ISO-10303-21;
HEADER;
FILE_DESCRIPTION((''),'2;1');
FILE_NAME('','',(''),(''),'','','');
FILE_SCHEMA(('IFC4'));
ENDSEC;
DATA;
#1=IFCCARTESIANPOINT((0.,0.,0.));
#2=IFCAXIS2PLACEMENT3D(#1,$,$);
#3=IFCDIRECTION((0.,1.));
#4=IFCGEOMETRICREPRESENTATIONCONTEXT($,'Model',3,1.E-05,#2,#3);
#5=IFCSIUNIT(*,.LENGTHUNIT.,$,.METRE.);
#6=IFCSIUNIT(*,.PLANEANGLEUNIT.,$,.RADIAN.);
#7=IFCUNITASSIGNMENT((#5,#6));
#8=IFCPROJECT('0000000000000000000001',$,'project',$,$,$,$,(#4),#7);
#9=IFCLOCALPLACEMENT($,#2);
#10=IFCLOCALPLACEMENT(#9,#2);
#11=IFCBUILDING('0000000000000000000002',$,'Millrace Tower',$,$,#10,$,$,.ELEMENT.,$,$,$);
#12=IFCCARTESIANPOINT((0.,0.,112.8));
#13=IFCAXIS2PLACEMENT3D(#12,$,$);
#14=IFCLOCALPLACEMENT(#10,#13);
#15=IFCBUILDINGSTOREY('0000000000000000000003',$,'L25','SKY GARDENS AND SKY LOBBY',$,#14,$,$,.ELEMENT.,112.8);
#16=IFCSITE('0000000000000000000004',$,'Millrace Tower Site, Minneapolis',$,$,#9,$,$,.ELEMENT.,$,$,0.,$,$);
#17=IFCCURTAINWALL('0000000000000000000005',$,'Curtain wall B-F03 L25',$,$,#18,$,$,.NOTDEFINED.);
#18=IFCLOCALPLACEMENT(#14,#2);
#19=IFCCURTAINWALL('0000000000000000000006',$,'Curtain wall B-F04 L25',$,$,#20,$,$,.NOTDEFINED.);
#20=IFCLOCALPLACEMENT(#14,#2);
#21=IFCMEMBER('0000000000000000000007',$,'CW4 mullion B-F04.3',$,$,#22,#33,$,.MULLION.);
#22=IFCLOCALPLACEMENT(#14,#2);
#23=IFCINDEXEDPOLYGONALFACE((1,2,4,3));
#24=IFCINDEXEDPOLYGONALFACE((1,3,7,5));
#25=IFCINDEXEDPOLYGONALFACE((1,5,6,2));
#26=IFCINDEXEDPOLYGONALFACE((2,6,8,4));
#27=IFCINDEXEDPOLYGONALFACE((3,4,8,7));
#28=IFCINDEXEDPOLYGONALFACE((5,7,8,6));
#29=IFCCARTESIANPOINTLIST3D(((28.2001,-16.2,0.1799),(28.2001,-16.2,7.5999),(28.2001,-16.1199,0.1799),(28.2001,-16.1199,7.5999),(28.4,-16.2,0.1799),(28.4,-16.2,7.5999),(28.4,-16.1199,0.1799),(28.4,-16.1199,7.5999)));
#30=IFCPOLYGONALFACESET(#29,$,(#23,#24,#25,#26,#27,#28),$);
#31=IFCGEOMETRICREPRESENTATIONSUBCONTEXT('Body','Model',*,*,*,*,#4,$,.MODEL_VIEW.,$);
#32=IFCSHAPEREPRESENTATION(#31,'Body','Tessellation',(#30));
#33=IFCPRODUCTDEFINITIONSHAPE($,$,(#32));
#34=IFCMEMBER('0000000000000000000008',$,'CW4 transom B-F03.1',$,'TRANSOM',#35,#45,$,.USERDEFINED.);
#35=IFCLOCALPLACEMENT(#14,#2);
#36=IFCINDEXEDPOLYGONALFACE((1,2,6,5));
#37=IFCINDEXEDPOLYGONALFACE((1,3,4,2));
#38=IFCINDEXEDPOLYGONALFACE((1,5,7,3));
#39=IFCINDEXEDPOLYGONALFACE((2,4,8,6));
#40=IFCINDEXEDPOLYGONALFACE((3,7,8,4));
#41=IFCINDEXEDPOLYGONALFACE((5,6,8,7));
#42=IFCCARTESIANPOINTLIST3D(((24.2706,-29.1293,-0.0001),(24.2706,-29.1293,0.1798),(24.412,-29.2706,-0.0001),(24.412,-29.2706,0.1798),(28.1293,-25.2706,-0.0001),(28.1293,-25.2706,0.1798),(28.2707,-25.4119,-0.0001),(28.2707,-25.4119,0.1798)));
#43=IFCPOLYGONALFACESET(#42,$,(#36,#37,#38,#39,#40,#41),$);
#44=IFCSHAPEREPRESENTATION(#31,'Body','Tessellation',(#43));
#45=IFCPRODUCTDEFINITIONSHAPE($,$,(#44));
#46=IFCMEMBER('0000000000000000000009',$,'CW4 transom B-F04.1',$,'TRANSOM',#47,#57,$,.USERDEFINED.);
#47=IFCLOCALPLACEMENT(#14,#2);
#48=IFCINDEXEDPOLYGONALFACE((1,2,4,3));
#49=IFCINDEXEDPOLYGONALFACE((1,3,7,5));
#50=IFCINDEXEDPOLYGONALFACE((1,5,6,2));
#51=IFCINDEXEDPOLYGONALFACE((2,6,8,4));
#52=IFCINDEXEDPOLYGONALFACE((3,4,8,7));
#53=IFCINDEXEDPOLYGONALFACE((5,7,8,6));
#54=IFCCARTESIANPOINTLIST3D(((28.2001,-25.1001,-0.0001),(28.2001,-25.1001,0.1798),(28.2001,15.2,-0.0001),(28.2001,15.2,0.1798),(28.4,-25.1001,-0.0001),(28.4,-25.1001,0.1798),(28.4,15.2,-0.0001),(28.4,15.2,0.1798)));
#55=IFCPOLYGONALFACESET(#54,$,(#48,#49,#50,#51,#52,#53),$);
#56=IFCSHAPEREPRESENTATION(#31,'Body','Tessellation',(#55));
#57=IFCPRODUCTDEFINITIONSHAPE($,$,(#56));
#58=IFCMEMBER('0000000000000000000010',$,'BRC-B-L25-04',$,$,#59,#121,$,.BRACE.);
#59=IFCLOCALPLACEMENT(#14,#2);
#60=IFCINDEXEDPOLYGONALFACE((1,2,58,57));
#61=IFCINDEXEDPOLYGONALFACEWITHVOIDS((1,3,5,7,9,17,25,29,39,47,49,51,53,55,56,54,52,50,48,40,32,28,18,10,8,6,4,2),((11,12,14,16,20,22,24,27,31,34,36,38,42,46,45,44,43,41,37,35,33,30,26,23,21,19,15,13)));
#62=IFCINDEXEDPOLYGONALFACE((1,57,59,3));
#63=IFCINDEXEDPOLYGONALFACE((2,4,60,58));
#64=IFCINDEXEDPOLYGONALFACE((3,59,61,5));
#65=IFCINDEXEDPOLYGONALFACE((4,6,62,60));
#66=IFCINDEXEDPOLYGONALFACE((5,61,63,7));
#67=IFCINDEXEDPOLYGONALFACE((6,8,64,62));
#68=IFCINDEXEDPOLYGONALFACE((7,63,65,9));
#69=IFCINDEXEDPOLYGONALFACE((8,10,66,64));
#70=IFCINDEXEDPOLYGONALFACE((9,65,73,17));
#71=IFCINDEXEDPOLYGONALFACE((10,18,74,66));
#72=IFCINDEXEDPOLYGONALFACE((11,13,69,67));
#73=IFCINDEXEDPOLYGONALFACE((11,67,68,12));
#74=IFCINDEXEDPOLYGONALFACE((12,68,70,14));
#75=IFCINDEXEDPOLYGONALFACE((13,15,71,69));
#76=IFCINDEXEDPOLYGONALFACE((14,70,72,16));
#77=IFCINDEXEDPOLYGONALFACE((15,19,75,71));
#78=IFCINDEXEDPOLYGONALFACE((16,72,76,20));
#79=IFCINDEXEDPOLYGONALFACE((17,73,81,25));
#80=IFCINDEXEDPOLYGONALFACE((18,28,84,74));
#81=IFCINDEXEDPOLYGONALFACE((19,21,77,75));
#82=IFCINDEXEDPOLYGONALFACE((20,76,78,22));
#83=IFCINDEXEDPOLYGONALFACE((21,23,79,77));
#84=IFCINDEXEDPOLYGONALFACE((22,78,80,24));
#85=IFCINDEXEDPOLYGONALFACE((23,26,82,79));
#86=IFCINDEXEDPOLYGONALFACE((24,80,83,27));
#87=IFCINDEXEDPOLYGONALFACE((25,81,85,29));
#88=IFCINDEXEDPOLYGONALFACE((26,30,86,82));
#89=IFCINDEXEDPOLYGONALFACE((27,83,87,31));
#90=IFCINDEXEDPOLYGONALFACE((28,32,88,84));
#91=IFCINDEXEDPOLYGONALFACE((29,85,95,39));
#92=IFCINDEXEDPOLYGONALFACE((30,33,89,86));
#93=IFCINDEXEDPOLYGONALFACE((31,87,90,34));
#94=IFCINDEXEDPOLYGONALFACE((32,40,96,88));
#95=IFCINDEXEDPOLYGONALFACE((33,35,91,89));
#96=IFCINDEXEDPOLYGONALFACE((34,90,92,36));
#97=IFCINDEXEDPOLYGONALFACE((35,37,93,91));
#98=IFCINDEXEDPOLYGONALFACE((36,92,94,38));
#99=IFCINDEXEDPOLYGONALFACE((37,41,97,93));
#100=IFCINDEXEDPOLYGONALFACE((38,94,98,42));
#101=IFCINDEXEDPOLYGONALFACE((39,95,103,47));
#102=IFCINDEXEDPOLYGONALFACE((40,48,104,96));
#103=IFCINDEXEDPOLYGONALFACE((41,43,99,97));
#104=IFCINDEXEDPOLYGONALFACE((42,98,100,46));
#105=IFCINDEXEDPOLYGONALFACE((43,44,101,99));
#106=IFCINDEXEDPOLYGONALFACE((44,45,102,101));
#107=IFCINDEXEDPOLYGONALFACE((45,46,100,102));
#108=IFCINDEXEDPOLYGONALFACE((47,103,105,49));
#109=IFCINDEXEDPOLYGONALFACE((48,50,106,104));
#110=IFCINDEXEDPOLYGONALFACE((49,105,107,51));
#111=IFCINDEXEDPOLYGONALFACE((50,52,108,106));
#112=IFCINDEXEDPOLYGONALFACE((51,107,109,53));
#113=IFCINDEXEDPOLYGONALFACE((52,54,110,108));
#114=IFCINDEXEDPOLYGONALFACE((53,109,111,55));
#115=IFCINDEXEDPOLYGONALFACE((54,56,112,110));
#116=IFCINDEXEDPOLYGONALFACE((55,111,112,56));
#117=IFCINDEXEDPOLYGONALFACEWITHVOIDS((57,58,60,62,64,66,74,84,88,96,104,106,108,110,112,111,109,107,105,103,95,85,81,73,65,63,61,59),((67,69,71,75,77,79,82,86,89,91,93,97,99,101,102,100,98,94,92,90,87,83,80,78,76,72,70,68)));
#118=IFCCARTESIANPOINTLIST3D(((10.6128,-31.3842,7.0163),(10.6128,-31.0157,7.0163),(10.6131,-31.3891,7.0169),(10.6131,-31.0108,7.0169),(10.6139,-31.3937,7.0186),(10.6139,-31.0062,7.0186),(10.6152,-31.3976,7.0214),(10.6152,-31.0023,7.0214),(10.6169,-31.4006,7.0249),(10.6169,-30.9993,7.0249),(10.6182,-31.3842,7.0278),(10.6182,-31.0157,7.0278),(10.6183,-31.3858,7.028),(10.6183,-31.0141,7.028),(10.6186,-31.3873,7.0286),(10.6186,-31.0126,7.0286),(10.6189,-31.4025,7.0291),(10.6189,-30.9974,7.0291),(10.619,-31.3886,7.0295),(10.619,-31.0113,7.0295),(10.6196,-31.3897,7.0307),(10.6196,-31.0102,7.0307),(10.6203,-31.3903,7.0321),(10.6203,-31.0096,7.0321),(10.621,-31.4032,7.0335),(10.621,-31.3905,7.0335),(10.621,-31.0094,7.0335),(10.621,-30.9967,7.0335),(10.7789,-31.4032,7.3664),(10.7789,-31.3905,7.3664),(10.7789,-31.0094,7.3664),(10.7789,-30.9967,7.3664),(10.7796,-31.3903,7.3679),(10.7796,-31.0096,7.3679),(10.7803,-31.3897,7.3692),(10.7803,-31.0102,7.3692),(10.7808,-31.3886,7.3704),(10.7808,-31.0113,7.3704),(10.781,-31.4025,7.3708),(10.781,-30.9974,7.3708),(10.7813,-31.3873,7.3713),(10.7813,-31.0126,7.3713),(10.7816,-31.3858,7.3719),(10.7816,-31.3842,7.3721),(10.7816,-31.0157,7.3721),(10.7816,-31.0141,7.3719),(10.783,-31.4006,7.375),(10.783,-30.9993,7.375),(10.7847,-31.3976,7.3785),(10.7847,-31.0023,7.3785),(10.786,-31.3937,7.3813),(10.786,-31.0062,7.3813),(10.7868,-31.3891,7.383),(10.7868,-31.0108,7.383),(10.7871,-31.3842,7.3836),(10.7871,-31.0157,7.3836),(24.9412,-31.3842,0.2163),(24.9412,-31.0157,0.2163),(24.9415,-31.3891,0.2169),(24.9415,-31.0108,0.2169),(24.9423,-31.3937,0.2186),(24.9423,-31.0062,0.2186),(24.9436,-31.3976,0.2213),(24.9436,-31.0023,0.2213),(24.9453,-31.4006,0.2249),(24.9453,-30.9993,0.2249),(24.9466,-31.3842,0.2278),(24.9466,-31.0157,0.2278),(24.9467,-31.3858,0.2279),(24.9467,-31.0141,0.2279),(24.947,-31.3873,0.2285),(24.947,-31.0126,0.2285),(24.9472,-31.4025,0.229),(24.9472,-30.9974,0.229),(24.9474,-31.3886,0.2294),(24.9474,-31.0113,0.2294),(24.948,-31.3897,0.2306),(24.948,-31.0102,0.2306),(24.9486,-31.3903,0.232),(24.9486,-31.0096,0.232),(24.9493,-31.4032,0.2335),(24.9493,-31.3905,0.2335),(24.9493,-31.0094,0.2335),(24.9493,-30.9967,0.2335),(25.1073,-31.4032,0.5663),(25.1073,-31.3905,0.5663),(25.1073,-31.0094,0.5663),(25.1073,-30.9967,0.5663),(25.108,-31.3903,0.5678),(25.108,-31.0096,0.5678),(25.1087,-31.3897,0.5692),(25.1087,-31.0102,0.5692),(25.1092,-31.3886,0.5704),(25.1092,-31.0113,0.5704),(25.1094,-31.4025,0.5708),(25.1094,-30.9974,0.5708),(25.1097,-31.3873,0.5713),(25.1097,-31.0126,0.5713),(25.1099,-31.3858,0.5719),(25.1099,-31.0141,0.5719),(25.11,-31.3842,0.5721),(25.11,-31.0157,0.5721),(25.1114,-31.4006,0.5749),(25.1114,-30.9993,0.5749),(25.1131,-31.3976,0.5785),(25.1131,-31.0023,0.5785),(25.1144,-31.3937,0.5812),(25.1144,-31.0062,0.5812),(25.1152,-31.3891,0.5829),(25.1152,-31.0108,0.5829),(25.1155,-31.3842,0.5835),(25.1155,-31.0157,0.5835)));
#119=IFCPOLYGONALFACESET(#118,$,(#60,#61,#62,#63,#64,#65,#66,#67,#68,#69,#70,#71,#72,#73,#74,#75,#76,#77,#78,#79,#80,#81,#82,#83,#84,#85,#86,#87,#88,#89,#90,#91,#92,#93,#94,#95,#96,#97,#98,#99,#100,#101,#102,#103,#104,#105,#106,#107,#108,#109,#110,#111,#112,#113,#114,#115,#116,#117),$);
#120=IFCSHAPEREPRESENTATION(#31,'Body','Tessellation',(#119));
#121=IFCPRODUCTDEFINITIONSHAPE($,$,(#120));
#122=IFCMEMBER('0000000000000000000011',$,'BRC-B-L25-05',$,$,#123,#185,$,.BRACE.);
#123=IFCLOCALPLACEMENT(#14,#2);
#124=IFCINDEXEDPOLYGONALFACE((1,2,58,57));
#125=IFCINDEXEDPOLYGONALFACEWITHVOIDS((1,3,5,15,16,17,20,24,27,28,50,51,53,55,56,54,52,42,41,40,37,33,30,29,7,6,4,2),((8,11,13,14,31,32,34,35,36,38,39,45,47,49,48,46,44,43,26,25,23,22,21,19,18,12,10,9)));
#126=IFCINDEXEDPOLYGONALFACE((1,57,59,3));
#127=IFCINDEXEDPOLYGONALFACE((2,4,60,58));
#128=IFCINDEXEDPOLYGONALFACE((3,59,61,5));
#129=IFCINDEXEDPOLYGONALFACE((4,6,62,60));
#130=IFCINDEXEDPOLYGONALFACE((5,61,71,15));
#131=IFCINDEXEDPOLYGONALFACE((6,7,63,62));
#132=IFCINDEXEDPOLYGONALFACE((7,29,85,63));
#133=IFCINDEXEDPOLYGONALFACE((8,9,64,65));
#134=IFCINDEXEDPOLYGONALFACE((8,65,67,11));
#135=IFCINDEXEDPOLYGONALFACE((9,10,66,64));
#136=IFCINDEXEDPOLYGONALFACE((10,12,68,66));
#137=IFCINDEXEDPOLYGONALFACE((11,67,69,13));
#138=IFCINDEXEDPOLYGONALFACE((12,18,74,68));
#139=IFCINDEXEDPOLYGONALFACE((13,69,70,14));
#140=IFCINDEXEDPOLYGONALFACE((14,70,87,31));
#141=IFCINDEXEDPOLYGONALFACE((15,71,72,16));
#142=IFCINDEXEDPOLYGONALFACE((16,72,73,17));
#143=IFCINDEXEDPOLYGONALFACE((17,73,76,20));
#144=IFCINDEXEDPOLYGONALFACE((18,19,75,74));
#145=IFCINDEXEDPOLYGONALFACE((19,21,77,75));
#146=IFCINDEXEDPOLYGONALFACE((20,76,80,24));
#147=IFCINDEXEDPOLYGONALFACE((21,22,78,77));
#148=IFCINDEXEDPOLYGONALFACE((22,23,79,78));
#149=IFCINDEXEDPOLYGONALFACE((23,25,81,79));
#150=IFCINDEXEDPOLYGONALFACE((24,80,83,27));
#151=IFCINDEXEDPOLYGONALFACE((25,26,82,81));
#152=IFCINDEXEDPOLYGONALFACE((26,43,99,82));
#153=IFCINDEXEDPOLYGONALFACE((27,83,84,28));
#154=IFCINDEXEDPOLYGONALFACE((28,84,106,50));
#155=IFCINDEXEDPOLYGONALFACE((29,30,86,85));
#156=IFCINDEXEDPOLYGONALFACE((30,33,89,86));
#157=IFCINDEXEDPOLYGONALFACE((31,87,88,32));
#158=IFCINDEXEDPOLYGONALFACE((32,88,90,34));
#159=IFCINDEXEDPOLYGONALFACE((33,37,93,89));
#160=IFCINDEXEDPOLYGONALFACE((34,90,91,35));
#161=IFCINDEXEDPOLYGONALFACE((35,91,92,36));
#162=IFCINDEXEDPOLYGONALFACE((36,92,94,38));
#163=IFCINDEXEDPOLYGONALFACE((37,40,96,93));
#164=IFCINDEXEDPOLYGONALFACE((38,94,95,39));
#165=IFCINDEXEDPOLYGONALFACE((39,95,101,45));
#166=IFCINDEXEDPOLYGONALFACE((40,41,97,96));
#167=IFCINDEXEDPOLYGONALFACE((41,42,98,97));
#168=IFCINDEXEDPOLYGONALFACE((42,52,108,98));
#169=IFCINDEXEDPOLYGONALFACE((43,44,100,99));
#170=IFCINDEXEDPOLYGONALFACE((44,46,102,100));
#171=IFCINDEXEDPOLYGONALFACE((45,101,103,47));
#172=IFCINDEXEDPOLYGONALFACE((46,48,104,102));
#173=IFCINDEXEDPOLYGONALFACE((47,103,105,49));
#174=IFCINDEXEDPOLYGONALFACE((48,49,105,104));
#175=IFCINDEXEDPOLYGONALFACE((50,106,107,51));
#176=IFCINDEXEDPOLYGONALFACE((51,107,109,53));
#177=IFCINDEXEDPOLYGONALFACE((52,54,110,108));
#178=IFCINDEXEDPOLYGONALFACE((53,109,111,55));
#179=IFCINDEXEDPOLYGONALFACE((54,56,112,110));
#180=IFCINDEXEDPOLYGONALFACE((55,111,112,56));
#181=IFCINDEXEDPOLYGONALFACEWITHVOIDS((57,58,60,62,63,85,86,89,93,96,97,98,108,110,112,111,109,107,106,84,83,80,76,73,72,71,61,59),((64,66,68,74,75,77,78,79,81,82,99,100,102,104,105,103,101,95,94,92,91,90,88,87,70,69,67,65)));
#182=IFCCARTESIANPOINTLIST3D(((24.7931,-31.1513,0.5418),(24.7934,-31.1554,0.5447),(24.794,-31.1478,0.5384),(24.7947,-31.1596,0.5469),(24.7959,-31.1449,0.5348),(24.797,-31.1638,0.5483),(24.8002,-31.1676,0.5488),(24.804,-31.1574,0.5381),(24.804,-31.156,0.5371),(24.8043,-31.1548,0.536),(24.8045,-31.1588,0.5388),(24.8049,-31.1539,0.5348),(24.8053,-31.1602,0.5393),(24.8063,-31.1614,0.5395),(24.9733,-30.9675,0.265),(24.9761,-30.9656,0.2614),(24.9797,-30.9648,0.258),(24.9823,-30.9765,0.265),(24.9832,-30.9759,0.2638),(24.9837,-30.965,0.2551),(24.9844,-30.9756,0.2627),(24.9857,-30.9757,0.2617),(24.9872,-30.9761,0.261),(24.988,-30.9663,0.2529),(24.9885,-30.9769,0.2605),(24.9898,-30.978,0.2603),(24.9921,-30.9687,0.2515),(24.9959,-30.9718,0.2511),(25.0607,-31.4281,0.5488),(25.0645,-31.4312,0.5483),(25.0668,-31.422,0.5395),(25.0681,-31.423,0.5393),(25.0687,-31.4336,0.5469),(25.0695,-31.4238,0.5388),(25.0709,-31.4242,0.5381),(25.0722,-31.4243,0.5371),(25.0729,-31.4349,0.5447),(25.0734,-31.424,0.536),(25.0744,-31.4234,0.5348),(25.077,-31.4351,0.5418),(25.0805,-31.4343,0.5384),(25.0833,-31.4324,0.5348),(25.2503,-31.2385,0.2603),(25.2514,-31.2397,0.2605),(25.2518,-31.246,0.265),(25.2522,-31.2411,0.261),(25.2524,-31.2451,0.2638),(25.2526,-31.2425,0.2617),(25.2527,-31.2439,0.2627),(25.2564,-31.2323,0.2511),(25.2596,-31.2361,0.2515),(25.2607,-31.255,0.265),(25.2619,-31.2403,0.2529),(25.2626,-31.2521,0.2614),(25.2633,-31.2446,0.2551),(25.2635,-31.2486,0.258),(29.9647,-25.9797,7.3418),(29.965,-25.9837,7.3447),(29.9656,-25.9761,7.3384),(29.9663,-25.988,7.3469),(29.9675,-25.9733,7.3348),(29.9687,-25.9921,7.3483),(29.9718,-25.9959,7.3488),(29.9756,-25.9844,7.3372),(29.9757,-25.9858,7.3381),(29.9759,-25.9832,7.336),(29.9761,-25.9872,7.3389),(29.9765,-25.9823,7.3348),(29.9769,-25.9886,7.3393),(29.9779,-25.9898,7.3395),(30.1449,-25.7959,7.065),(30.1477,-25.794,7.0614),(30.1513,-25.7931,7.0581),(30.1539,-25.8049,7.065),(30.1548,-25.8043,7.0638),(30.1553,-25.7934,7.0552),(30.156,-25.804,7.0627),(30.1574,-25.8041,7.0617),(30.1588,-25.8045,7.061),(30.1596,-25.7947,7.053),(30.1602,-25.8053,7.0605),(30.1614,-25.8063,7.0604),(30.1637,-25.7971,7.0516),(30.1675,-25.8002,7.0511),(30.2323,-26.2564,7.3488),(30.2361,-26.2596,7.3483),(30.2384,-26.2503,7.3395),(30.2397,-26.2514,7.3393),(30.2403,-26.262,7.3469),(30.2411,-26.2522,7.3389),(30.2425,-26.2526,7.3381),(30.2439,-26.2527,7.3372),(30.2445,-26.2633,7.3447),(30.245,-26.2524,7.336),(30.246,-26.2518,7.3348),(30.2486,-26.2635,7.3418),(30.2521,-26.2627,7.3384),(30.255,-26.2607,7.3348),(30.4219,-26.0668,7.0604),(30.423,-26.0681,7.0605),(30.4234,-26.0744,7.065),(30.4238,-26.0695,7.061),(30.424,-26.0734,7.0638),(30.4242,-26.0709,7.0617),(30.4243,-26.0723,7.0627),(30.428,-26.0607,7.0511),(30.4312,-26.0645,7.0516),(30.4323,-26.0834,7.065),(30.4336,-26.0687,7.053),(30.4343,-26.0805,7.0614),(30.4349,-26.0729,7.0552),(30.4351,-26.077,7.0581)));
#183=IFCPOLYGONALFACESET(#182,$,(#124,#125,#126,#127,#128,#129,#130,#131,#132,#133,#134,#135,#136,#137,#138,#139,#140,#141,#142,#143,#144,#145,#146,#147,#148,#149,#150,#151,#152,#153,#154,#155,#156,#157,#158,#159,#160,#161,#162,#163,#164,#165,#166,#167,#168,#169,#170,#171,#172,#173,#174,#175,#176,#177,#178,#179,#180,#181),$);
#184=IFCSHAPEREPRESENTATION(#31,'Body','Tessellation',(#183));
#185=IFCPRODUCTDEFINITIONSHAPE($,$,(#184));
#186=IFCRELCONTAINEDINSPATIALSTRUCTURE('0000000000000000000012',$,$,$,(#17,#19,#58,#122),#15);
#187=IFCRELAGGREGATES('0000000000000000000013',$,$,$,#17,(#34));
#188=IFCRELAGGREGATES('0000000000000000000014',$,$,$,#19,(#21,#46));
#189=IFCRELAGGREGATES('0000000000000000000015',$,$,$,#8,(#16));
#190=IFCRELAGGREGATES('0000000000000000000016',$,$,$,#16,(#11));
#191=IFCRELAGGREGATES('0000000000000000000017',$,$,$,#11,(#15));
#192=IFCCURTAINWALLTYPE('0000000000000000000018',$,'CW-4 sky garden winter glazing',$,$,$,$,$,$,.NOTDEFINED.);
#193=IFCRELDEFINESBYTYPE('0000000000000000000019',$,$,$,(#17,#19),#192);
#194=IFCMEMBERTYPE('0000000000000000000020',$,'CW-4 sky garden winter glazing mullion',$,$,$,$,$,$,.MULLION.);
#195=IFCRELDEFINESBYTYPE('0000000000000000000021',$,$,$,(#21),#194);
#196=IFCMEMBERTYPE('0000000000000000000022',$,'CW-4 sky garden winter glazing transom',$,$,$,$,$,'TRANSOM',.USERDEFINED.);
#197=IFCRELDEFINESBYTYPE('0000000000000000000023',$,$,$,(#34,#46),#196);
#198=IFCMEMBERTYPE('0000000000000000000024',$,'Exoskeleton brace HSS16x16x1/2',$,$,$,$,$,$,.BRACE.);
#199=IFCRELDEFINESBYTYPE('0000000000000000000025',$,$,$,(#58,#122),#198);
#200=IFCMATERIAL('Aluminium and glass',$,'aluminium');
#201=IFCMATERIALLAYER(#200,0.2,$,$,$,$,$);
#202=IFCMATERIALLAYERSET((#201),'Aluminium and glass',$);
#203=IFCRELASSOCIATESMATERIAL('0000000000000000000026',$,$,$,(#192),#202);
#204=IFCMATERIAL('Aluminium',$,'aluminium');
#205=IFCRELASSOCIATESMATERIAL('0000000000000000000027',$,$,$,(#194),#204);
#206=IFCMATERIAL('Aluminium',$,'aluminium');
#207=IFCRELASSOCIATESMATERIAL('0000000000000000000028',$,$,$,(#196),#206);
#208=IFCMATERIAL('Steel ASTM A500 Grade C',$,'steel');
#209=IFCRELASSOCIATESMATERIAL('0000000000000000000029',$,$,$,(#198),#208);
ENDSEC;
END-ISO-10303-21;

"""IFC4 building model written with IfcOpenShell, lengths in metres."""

from ifc_helpers import new_model, si_unit, direction, frame, origin, origin_2d, place, context, subcontext, project, spatial, rectangle, hollow_rectangle, extrude, material, layer, layer_set, material_profile, profile_set, type_object, element, aggregate, save


model = new_model("IFC4")

# Units and contexts
model_context = context("Model", 3, precision=1e-05, world=origin(), true_north=direction((0.0, 1.0)))
body_context = subcontext(model_context, "Body", "Model", "MODEL_VIEW")
ifc_project = project(units=[si_unit("LENGTHUNIT", "METRE"), si_unit("PLANEANGLEUNIT", "RADIAN")], contexts=[model_context])

# Site, building, storey
site_placement = place(None, origin())
site = spatial("IfcSite", under=ifc_project, at=site_placement, Name="Millrace Tower Site, Minneapolis", CompositionType="ELEMENT", RefElevation=0.0)
building_placement = place(site_placement, origin())
building = spatial("IfcBuilding", under=site, at=building_placement, Name="Millrace Tower", CompositionType="ELEMENT")
storey_placement = place(building_placement, frame((0.0, 0.0, 112.8)))
storey = spatial("IfcBuildingStorey", under=building, at=storey_placement, Name="L25", Description="SKY GARDENS AND SKY LOBBY", CompositionType="ELEMENT", Elevation=112.8)

# Curtain wall
ifc_material_1 = material(Name="Aluminium and glass", Category="aluminium")
ifc_layer_1 = layer(ifc_material_1, 0.2)
ifc_layer_set_1 = layer_set([ifc_layer_1], Name="Aluminium and glass")
curtain_wall_type = type_object("IfcCurtainWallType", Name="CW-4 sky garden winter glazing", PredefinedType="NOTDEFINED", material=ifc_layer_set_1)
placement = place(storey_placement, origin())
ifc_material_2 = material(Name="Aluminium", Category="aluminium")
ifc_material_profile_1 = material_profile(ifc_material_2, rectangle(XDim=0.0801, YDim=0.2, at=origin_2d()))
ifc_profile_set_1 = profile_set([ifc_material_profile_1], Name="Aluminium")
member_type_1 = type_object("IfcMemberType", Name="CW-4 sky garden winter glazing mullion", PredefinedType="MULLION", material=ifc_profile_set_1)
curtain_wall_1 = element("IfcCurtainWall", 1, at=placement, inside=storey, type_object=curtain_wall_type, Name="Curtain wall B-F03 L25", PredefinedType="NOTDEFINED")

# Curtain wall, member
curtain_wall_2 = element("IfcCurtainWall", 2, at=placement, inside=storey, type_object=curtain_wall_type, Name="Curtain wall B-F04 L25", PredefinedType="NOTDEFINED")
member_1_placement = place(storey_placement, frame((28.3, -16.1599, 0.1799), z_axis=(0.0, 0.0, 1.0), x_axis=(0.0, 1.0, 0.0)))
member_1 = element("IfcMember", 3, at=member_1_placement, type_object=member_type_1, Name="CW4 mullion B-F04.3", PredefinedType="MULLION", context=body_context, shape_type="SweptSolid", body=[
    extrude(rectangle(XDim=0.0801, YDim=0.2, at=origin_2d()), origin(), (0.0, 0.0, 1.0), 7.4199),
])

# Members
ifc_material_3 = material(Name="Aluminium", Category="aluminium")
ifc_material_profile_2 = material_profile(ifc_material_3, rectangle(XDim=0.2, YDim=0.1799, at=origin_2d()))
ifc_profile_set_2 = profile_set([ifc_material_profile_2], Name="Aluminium")
member_type_2 = type_object("IfcMemberType", Name="CW-4 sky garden winter glazing transom", ElementType="TRANSOM", PredefinedType="USERDEFINED", material=ifc_profile_set_2)
member_2_placement = place(storey_placement, frame((24.3413, -29.2, 0.0898), z_axis=(0.707107, 0.707107, 0.0), x_axis=(-0.707107, 0.707107, 0.0)))
member_2 = element("IfcMember", 4, at=member_2_placement, type_object=member_type_2, Name="CW4 transom B-F03.1", ObjectType="TRANSOM", PredefinedType="USERDEFINED", context=body_context, shape_type="SweptSolid", body=[
    extrude(rectangle(XDim=0.2, YDim=0.1799, at=origin_2d()), origin(), (0.0, 0.0, 1.0), 5.457),
])
aggregate(curtain_wall_1, [member_2])
member_3_placement = place(storey_placement, frame((28.3, -25.1001, 0.0898), z_axis=(0.0, 1.0, 0.0), x_axis=(-1.0, 0.0, 0.0)))
member_3 = element("IfcMember", 5, at=member_3_placement, type_object=member_type_2, Name="CW4 transom B-F04.1", ObjectType="TRANSOM", PredefinedType="USERDEFINED", context=body_context, shape_type="SweptSolid", body=[
    extrude(rectangle(XDim=0.2, YDim=0.1799, at=origin_2d()), origin(), (0.0, 0.0, 1.0), 40.3),
])
aggregate(curtain_wall_2, [member_1, member_3])

# Members
ifc_material_4 = material(Name="Steel ASTM A500 Grade C", Category="steel")
ifc_material_profile_3 = material_profile(ifc_material_4, hollow_rectangle(XDim=0.4065, YDim=0.4065, WallThickness=0.0127, InnerFilletRadius=0.0063, OuterFilletRadius=0.019, at=origin_2d()))
ifc_profile_set_3 = profile_set([ifc_material_profile_3], Name="Steel ASTM A500 Grade C")
member_type_3 = type_object("IfcMemberType", Name="Exoskeleton brace HSS16x16x1/2", PredefinedType="BRACE", material=ifc_profile_set_3)
member_4_placement = place(storey_placement, frame((25.0283, -31.2, 0.3999), z_axis=(-0.903422, 0.0, 0.428752), x_axis=(0.0, -1.0, 0.0)))
element("IfcMember", 6, at=member_4_placement, inside=storey, type_object=member_type_3, Name="BRC-B-L25-04", PredefinedType="BRACE", context=body_context, shape_type="SweptSolid", body=[
    extrude(hollow_rectangle(XDim=0.4065, YDim=0.4065, WallThickness=0.0127, InnerFilletRadius=0.0063, OuterFilletRadius=0.019, at=origin_2d()), origin(), (0.0, 0.0, 1.0), 15.8601),
])
member_5_placement = place(storey_placement, frame((25.0283, -31.2, 0.3999), z_axis=(0.517857, 0.517857, 0.680917), x_axis=(-0.707107, 0.707107, 0.0)))
element("IfcMember", 7, at=member_5_placement, inside=storey, type_object=member_type_3, Name="BRC-B-L25-05", PredefinedType="BRACE", context=body_context, shape_type="SweptSolid", body=[
    extrude(hollow_rectangle(XDim=0.4065, YDim=0.4065, WallThickness=0.0127, InnerFilletRadius=0.0063, OuterFilletRadius=0.019, at=origin_2d()), origin(), (0.0, 0.0, 1.0), 9.9866),
])

save(model, "model.ifc")
